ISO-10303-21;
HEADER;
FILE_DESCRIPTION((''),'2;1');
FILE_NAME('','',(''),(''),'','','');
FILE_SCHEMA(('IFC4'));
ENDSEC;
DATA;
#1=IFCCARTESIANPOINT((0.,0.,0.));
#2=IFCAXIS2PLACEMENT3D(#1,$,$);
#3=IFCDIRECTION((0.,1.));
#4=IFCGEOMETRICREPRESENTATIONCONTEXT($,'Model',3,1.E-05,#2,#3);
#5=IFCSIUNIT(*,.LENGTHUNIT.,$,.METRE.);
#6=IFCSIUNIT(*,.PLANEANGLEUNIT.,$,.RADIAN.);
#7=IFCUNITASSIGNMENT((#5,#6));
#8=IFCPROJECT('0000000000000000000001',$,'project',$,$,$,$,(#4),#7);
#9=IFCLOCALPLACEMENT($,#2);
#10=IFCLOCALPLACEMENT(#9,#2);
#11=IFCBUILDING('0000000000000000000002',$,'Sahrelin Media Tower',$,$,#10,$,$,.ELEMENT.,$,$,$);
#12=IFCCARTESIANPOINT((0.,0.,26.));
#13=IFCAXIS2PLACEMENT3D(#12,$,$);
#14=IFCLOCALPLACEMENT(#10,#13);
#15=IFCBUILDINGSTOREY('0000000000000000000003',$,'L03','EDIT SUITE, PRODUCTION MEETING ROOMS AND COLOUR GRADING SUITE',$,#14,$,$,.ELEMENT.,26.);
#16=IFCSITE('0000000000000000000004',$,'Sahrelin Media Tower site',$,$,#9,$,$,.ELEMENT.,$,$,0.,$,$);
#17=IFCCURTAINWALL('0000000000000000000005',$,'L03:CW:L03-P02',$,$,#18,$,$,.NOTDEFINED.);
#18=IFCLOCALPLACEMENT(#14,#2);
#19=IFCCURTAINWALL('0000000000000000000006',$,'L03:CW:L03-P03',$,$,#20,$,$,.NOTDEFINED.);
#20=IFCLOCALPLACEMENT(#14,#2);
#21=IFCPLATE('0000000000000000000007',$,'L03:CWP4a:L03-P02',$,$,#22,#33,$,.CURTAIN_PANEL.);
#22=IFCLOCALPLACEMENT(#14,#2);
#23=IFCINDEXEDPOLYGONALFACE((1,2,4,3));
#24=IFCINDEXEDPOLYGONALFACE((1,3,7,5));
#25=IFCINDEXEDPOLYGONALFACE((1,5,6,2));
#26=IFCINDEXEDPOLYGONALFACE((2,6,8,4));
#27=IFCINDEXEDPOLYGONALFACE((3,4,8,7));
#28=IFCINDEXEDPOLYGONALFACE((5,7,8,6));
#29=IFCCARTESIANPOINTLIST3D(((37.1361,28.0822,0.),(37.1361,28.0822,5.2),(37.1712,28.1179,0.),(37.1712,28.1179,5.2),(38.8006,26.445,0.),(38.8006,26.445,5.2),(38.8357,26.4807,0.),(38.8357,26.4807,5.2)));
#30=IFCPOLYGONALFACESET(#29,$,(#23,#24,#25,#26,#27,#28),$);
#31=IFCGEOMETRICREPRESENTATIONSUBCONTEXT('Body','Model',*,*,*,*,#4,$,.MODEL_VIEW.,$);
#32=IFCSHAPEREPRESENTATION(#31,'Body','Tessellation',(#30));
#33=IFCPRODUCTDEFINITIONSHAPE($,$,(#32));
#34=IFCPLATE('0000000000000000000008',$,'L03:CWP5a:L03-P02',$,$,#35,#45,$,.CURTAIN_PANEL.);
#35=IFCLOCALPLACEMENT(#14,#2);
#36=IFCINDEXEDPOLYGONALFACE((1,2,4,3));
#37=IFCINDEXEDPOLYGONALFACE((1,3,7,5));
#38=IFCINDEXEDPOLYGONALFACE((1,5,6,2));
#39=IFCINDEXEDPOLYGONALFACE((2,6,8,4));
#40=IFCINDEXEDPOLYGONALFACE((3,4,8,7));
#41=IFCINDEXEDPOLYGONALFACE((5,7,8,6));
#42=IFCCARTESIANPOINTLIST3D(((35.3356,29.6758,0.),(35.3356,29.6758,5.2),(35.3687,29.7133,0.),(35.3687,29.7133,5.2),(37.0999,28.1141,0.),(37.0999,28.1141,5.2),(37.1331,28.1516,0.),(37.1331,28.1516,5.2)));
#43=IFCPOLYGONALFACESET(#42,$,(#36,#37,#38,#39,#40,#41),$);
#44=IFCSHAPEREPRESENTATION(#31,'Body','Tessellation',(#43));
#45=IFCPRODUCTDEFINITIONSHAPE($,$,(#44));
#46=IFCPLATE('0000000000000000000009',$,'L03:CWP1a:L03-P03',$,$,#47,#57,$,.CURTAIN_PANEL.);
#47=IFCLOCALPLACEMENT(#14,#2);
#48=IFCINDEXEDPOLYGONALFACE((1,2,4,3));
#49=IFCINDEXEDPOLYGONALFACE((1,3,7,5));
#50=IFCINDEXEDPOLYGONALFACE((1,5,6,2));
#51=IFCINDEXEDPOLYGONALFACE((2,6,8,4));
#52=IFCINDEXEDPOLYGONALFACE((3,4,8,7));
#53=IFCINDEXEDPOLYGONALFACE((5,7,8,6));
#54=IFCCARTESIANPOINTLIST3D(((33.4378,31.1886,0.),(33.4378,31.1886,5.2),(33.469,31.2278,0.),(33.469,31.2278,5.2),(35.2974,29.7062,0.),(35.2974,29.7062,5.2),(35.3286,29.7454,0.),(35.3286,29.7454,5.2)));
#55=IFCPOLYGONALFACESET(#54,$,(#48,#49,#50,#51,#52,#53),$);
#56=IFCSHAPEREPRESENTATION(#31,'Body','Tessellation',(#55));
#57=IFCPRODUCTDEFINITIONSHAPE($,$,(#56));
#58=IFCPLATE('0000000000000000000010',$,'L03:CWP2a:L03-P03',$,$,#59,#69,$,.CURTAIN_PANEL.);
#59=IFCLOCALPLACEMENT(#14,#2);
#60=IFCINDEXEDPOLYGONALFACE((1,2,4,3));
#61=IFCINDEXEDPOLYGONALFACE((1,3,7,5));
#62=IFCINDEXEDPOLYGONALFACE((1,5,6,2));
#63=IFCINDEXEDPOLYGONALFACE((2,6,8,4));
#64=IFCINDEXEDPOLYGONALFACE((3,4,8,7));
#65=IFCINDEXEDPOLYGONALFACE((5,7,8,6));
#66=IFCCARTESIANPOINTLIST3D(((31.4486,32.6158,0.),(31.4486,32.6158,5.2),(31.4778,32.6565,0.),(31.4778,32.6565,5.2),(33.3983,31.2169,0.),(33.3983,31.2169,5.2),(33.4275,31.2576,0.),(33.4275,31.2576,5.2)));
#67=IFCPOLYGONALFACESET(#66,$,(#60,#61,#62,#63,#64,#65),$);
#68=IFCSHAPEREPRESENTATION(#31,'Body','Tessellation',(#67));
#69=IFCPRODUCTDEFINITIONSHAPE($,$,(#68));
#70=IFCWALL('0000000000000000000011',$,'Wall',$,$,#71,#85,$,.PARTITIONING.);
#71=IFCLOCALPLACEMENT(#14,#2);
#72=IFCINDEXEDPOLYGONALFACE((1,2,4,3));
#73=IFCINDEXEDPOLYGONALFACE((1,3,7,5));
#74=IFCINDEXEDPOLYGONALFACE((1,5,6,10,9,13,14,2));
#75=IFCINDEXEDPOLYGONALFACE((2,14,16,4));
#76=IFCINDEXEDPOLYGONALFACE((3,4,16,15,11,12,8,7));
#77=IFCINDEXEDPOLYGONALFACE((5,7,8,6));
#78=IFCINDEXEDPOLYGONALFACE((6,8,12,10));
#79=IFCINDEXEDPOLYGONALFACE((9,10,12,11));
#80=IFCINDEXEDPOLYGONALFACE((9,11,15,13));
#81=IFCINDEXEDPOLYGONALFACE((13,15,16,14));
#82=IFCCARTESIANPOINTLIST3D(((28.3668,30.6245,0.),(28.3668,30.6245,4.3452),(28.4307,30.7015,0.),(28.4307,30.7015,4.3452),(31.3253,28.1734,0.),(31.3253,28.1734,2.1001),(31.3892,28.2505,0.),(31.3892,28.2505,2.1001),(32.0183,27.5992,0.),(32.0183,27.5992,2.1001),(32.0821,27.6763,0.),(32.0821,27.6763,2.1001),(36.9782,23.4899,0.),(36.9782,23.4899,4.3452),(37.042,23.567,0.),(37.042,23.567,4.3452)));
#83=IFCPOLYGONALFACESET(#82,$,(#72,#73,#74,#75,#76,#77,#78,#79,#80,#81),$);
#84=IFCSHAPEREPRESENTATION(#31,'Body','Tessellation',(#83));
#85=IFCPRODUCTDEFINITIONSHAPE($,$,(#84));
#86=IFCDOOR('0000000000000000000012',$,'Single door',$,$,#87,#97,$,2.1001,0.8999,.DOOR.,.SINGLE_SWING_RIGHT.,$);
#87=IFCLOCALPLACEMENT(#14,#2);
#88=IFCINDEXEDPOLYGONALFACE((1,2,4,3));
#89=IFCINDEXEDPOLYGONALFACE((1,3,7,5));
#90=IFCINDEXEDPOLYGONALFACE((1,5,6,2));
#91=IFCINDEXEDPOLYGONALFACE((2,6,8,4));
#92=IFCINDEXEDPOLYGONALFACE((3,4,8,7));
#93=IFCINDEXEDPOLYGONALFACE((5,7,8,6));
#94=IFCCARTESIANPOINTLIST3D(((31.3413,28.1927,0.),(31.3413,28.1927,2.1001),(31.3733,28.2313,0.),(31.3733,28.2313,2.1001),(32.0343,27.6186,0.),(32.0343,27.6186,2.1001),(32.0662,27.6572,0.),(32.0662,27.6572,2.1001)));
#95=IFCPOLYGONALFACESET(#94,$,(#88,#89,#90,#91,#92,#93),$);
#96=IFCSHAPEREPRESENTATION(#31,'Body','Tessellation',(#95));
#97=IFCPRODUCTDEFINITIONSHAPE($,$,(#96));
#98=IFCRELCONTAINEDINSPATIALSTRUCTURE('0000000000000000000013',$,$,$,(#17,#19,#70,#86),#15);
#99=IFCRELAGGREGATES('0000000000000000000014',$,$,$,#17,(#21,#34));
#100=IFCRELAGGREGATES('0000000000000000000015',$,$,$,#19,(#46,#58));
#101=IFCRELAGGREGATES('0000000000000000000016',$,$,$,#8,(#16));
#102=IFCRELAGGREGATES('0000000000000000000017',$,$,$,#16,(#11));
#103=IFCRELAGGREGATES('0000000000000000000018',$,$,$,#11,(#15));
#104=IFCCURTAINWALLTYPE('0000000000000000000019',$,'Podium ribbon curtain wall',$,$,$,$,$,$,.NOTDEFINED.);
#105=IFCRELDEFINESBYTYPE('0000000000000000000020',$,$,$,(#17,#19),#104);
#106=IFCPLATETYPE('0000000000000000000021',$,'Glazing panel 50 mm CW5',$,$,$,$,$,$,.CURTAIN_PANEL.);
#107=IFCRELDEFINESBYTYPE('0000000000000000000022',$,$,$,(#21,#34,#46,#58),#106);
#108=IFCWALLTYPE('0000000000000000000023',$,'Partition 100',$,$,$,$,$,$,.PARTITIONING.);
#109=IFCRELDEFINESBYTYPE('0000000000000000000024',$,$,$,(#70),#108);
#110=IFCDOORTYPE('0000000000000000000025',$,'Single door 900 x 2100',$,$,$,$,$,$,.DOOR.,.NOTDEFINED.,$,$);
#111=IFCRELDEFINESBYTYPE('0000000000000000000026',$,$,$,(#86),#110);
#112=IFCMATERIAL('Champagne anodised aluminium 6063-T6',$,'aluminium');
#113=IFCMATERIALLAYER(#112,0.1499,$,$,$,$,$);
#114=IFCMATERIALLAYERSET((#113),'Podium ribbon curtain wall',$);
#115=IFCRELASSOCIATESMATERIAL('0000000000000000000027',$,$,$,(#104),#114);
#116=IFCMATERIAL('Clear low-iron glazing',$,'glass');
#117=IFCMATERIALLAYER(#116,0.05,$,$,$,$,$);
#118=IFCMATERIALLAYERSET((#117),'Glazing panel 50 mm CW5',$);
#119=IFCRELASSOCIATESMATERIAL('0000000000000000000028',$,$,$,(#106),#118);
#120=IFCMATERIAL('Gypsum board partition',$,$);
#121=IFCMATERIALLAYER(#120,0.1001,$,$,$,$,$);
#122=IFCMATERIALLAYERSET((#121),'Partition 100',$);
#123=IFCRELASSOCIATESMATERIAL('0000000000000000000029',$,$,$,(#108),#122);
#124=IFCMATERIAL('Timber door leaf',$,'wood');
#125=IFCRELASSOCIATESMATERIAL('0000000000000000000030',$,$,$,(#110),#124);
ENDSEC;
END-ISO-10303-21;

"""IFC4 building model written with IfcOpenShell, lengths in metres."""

from ifc_helpers import new_model, si_unit, direction, frame, frame_2d, origin, place, context, subcontext, project, spatial, polyline, rectangle, outline, extrude, material, layer, layer_set, type_object, element, fill, aggregate, save


model = new_model("IFC4")

# Units and contexts
model_context = context("Model", 3, precision=1e-05, world=origin(), true_north=direction((0.0, 1.0)))
body_context = subcontext(model_context, "Body", "Model", "MODEL_VIEW")
ifc_project = project(units=[si_unit("LENGTHUNIT", "METRE"), si_unit("PLANEANGLEUNIT", "RADIAN")], contexts=[model_context])

# Site, building, storey
site_placement = place(None, origin())
site = spatial("IfcSite", under=ifc_project, at=site_placement, Name="Sahrelin Media Tower site", CompositionType="ELEMENT", RefElevation=0.0)
building_placement = place(site_placement, origin())
building = spatial("IfcBuilding", under=site, at=building_placement, Name="Sahrelin Media Tower", CompositionType="ELEMENT")
storey_placement = place(building_placement, frame((0.0, 0.0, 26.0)))
storey = spatial("IfcBuildingStorey", under=building, at=storey_placement, Name="L03", Description="EDIT SUITE, PRODUCTION MEETING ROOMS AND COLOUR GRADING SUITE", CompositionType="ELEMENT", Elevation=26.0)

# Curtain wall
ifc_material_1 = material(Name="Champagne anodised aluminium 6063-T6", Category="aluminium")
ifc_layer_1 = layer(ifc_material_1, 0.1499)
ifc_layer_set_1 = layer_set([ifc_layer_1], Name="Podium ribbon curtain wall")
curtain_wall_type = type_object("IfcCurtainWallType", Name="Podium ribbon curtain wall", PredefinedType="NOTDEFINED", material=ifc_layer_set_1)
curtain_wall_1_placement = place(storey_placement, frame((43.3013, 21.0, 0.0), z_axis=(0.0, 0.0, 1.0), x_axis=(1.0, 0.0, 0.0)))
curtain_wall_1 = element("IfcCurtainWall", 1, at=curtain_wall_1_placement, inside=storey, type_object=curtain_wall_type, Name="L03:CW:L03-P02", PredefinedType="NOTDEFINED")

# Curtain wall
curtain_wall_2_placement = place(storey_placement, frame((35.3552, 29.6985, 0.0), z_axis=(0.0, 0.0, 1.0), x_axis=(1.0, 0.0, 0.0)))
curtain_wall_2 = element("IfcCurtainWall", 2, at=curtain_wall_2_placement, inside=storey, type_object=curtain_wall_type, Name="L03:CW:L03-P03", PredefinedType="NOTDEFINED")

# Shared definitions
ifc_material_2 = material(Name="Clear low-iron glazing", Category="glass")
ifc_layer_2 = layer(ifc_material_2, 0.05)
ifc_layer_set_2 = layer_set([ifc_layer_2], Name="Glazing panel 50 mm CW5")
plate_type = type_object("IfcPlateType", Name="Glazing panel 50 mm CW5", PredefinedType="CURTAIN_PANEL", material=ifc_layer_set_2)

# Plates
plate_1_placement = place(storey_placement, frame((38.8357, 26.4807, 0.0), z_axis=(0.701227, 0.712938, 0.0), x_axis=(-0.712938, 0.701227, 0.0)))
plate_1 = element("IfcPlate", 3, at=plate_1_placement, type_object=plate_type, Name="L03:CWP4a:L03-P02", PredefinedType="CURTAIN_PANEL", context=body_context, shape_type="SweptSolid", body=[
    extrude(outline(polyline([(0.0, 0.0), (2.3347, 0.0), (2.3347, 5.2), (0.0, 5.2), (0.0, 0.0)])), origin(), (0.0, 0.0, -1.0), 0.05),
])
plate_2_placement = place(storey_placement, frame((37.1331, 28.1516, 0.0), z_axis=(0.6628, 0.748797, 0.0), x_axis=(-0.748797, 0.6628, 0.0)))
plate_2 = element("IfcPlate", 4, at=plate_2_placement, type_object=plate_type, Name="L03:CWP5a:L03-P02", PredefinedType="CURTAIN_PANEL", context=body_context, shape_type="SweptSolid", body=[
    extrude(outline(polyline([(0.0, 0.0), (2.3562, 0.0), (2.3562, 5.2), (0.0, 5.2), (0.0, 0.0)])), origin(), (0.0, 0.0, -1.0), 0.05),
])
aggregate(curtain_wall_1, [plate_1, plate_2])
plate_3_placement = place(storey_placement, frame((35.3286, 29.7454, 0.0), z_axis=(0.623342, 0.781949, 0.0), x_axis=(-0.781949, 0.623342, 0.0)))
plate_3 = element("IfcPlate", 5, at=plate_3_placement, type_object=plate_type, Name="L03:CWP1a:L03-P03", PredefinedType="CURTAIN_PANEL", context=body_context, shape_type="SweptSolid", body=[
    extrude(outline(polyline([(0.0, 0.0), (2.3782, 0.0), (2.3782, 5.2), (0.0, 5.2), (0.0, 0.0)])), origin(), (0.0, 0.0, -1.0), 0.05),
])
plate_4_placement = place(storey_placement, frame((33.4275, 31.2576, 0.0), z_axis=(0.582969, 0.812494, 0.0), x_axis=(-0.812494, 0.582969, 0.0)))
plate_4 = element("IfcPlate", 6, at=plate_4_placement, type_object=plate_type, Name="L03:CWP2a:L03-P03", PredefinedType="CURTAIN_PANEL", context=body_context, shape_type="SweptSolid", body=[
    extrude(outline(polyline([(0.0, 0.0), (2.3997, 0.0), (2.3997, 5.2), (0.0, 5.2), (0.0, 0.0)])), origin(), (0.0, 0.0, -1.0), 0.05),
])
aggregate(curtain_wall_2, [plate_3, plate_4])

# Wall, opening, door
ifc_material_3 = material(Name="Gypsum board partition")
ifc_layer_3 = layer(ifc_material_3, 0.1001)
ifc_layer_set_3 = layer_set([ifc_layer_3], Name="Partition 100")
wall_type = type_object("IfcWallType", Name="Partition 100", PredefinedType="PARTITIONING", material=ifc_layer_set_3)
wall_placement = place(storey_placement, frame((37.01, 23.5286, 0.0), z_axis=(0.0, 0.0, 1.0), x_axis=(-0.770047, 0.637987, 0.0)))
wall = element("IfcWall", 7, at=wall_placement, inside=storey, type_object=wall_type, Name="Wall", PredefinedType="PARTITIONING", context=body_context, shape_type="SweptSolid", body=[
    extrude(rectangle(XDim=11.1829, YDim=0.1001, at=frame_2d((5.5913, 0.0))), origin(), (0.0, 0.0, 1.0), 4.3452),
])
opening_placement = place(wall_placement, frame((6.4409, 0.0, 0.0)))
opening = element("IfcOpeningElement", 8, at=opening_placement, cuts=wall, PredefinedType="OPENING", context=body_context, shape_type="SweptSolid", body=[
    extrude(rectangle(XDim=0.8999, YDim=2.1001, at=frame_2d((0.45, 1.05))), frame((0.0, 0.05, 0.0), z_axis=(0.0, -1.0, 0.0), x_axis=(1.0, 0.0, 0.0)), (0.0, 0.0, 1.0), 0.1001),
])
ifc_material_4 = material(Name="Timber door leaf", Category="wood")
door_type = type_object("IfcDoorType", Name="Single door 900 x 2100", OperationType="NOTDEFINED", PredefinedType="DOOR", material=ifc_material_4)
door_placement = place(opening_placement, origin())
door = element("IfcDoor", 9, at=door_placement, inside=storey, type_object=door_type, Name="Single door", OperationType="SINGLE_SWING_RIGHT", OverallHeight=2.1001, OverallWidth=0.8999, PredefinedType="DOOR", context=body_context, shape_type="SweptSolid", body=[
    extrude(rectangle(XDim=0.8999, YDim=2.1001, at=frame_2d((0.45, 1.05))), frame((0.0, 0.0249, 0.0), z_axis=(0.0, -1.0, 0.0), x_axis=(1.0, 0.0, 0.0)), (0.0, 0.0, 1.0), 0.05),
])
fill(opening, door)

save(model, "model.ifc")
